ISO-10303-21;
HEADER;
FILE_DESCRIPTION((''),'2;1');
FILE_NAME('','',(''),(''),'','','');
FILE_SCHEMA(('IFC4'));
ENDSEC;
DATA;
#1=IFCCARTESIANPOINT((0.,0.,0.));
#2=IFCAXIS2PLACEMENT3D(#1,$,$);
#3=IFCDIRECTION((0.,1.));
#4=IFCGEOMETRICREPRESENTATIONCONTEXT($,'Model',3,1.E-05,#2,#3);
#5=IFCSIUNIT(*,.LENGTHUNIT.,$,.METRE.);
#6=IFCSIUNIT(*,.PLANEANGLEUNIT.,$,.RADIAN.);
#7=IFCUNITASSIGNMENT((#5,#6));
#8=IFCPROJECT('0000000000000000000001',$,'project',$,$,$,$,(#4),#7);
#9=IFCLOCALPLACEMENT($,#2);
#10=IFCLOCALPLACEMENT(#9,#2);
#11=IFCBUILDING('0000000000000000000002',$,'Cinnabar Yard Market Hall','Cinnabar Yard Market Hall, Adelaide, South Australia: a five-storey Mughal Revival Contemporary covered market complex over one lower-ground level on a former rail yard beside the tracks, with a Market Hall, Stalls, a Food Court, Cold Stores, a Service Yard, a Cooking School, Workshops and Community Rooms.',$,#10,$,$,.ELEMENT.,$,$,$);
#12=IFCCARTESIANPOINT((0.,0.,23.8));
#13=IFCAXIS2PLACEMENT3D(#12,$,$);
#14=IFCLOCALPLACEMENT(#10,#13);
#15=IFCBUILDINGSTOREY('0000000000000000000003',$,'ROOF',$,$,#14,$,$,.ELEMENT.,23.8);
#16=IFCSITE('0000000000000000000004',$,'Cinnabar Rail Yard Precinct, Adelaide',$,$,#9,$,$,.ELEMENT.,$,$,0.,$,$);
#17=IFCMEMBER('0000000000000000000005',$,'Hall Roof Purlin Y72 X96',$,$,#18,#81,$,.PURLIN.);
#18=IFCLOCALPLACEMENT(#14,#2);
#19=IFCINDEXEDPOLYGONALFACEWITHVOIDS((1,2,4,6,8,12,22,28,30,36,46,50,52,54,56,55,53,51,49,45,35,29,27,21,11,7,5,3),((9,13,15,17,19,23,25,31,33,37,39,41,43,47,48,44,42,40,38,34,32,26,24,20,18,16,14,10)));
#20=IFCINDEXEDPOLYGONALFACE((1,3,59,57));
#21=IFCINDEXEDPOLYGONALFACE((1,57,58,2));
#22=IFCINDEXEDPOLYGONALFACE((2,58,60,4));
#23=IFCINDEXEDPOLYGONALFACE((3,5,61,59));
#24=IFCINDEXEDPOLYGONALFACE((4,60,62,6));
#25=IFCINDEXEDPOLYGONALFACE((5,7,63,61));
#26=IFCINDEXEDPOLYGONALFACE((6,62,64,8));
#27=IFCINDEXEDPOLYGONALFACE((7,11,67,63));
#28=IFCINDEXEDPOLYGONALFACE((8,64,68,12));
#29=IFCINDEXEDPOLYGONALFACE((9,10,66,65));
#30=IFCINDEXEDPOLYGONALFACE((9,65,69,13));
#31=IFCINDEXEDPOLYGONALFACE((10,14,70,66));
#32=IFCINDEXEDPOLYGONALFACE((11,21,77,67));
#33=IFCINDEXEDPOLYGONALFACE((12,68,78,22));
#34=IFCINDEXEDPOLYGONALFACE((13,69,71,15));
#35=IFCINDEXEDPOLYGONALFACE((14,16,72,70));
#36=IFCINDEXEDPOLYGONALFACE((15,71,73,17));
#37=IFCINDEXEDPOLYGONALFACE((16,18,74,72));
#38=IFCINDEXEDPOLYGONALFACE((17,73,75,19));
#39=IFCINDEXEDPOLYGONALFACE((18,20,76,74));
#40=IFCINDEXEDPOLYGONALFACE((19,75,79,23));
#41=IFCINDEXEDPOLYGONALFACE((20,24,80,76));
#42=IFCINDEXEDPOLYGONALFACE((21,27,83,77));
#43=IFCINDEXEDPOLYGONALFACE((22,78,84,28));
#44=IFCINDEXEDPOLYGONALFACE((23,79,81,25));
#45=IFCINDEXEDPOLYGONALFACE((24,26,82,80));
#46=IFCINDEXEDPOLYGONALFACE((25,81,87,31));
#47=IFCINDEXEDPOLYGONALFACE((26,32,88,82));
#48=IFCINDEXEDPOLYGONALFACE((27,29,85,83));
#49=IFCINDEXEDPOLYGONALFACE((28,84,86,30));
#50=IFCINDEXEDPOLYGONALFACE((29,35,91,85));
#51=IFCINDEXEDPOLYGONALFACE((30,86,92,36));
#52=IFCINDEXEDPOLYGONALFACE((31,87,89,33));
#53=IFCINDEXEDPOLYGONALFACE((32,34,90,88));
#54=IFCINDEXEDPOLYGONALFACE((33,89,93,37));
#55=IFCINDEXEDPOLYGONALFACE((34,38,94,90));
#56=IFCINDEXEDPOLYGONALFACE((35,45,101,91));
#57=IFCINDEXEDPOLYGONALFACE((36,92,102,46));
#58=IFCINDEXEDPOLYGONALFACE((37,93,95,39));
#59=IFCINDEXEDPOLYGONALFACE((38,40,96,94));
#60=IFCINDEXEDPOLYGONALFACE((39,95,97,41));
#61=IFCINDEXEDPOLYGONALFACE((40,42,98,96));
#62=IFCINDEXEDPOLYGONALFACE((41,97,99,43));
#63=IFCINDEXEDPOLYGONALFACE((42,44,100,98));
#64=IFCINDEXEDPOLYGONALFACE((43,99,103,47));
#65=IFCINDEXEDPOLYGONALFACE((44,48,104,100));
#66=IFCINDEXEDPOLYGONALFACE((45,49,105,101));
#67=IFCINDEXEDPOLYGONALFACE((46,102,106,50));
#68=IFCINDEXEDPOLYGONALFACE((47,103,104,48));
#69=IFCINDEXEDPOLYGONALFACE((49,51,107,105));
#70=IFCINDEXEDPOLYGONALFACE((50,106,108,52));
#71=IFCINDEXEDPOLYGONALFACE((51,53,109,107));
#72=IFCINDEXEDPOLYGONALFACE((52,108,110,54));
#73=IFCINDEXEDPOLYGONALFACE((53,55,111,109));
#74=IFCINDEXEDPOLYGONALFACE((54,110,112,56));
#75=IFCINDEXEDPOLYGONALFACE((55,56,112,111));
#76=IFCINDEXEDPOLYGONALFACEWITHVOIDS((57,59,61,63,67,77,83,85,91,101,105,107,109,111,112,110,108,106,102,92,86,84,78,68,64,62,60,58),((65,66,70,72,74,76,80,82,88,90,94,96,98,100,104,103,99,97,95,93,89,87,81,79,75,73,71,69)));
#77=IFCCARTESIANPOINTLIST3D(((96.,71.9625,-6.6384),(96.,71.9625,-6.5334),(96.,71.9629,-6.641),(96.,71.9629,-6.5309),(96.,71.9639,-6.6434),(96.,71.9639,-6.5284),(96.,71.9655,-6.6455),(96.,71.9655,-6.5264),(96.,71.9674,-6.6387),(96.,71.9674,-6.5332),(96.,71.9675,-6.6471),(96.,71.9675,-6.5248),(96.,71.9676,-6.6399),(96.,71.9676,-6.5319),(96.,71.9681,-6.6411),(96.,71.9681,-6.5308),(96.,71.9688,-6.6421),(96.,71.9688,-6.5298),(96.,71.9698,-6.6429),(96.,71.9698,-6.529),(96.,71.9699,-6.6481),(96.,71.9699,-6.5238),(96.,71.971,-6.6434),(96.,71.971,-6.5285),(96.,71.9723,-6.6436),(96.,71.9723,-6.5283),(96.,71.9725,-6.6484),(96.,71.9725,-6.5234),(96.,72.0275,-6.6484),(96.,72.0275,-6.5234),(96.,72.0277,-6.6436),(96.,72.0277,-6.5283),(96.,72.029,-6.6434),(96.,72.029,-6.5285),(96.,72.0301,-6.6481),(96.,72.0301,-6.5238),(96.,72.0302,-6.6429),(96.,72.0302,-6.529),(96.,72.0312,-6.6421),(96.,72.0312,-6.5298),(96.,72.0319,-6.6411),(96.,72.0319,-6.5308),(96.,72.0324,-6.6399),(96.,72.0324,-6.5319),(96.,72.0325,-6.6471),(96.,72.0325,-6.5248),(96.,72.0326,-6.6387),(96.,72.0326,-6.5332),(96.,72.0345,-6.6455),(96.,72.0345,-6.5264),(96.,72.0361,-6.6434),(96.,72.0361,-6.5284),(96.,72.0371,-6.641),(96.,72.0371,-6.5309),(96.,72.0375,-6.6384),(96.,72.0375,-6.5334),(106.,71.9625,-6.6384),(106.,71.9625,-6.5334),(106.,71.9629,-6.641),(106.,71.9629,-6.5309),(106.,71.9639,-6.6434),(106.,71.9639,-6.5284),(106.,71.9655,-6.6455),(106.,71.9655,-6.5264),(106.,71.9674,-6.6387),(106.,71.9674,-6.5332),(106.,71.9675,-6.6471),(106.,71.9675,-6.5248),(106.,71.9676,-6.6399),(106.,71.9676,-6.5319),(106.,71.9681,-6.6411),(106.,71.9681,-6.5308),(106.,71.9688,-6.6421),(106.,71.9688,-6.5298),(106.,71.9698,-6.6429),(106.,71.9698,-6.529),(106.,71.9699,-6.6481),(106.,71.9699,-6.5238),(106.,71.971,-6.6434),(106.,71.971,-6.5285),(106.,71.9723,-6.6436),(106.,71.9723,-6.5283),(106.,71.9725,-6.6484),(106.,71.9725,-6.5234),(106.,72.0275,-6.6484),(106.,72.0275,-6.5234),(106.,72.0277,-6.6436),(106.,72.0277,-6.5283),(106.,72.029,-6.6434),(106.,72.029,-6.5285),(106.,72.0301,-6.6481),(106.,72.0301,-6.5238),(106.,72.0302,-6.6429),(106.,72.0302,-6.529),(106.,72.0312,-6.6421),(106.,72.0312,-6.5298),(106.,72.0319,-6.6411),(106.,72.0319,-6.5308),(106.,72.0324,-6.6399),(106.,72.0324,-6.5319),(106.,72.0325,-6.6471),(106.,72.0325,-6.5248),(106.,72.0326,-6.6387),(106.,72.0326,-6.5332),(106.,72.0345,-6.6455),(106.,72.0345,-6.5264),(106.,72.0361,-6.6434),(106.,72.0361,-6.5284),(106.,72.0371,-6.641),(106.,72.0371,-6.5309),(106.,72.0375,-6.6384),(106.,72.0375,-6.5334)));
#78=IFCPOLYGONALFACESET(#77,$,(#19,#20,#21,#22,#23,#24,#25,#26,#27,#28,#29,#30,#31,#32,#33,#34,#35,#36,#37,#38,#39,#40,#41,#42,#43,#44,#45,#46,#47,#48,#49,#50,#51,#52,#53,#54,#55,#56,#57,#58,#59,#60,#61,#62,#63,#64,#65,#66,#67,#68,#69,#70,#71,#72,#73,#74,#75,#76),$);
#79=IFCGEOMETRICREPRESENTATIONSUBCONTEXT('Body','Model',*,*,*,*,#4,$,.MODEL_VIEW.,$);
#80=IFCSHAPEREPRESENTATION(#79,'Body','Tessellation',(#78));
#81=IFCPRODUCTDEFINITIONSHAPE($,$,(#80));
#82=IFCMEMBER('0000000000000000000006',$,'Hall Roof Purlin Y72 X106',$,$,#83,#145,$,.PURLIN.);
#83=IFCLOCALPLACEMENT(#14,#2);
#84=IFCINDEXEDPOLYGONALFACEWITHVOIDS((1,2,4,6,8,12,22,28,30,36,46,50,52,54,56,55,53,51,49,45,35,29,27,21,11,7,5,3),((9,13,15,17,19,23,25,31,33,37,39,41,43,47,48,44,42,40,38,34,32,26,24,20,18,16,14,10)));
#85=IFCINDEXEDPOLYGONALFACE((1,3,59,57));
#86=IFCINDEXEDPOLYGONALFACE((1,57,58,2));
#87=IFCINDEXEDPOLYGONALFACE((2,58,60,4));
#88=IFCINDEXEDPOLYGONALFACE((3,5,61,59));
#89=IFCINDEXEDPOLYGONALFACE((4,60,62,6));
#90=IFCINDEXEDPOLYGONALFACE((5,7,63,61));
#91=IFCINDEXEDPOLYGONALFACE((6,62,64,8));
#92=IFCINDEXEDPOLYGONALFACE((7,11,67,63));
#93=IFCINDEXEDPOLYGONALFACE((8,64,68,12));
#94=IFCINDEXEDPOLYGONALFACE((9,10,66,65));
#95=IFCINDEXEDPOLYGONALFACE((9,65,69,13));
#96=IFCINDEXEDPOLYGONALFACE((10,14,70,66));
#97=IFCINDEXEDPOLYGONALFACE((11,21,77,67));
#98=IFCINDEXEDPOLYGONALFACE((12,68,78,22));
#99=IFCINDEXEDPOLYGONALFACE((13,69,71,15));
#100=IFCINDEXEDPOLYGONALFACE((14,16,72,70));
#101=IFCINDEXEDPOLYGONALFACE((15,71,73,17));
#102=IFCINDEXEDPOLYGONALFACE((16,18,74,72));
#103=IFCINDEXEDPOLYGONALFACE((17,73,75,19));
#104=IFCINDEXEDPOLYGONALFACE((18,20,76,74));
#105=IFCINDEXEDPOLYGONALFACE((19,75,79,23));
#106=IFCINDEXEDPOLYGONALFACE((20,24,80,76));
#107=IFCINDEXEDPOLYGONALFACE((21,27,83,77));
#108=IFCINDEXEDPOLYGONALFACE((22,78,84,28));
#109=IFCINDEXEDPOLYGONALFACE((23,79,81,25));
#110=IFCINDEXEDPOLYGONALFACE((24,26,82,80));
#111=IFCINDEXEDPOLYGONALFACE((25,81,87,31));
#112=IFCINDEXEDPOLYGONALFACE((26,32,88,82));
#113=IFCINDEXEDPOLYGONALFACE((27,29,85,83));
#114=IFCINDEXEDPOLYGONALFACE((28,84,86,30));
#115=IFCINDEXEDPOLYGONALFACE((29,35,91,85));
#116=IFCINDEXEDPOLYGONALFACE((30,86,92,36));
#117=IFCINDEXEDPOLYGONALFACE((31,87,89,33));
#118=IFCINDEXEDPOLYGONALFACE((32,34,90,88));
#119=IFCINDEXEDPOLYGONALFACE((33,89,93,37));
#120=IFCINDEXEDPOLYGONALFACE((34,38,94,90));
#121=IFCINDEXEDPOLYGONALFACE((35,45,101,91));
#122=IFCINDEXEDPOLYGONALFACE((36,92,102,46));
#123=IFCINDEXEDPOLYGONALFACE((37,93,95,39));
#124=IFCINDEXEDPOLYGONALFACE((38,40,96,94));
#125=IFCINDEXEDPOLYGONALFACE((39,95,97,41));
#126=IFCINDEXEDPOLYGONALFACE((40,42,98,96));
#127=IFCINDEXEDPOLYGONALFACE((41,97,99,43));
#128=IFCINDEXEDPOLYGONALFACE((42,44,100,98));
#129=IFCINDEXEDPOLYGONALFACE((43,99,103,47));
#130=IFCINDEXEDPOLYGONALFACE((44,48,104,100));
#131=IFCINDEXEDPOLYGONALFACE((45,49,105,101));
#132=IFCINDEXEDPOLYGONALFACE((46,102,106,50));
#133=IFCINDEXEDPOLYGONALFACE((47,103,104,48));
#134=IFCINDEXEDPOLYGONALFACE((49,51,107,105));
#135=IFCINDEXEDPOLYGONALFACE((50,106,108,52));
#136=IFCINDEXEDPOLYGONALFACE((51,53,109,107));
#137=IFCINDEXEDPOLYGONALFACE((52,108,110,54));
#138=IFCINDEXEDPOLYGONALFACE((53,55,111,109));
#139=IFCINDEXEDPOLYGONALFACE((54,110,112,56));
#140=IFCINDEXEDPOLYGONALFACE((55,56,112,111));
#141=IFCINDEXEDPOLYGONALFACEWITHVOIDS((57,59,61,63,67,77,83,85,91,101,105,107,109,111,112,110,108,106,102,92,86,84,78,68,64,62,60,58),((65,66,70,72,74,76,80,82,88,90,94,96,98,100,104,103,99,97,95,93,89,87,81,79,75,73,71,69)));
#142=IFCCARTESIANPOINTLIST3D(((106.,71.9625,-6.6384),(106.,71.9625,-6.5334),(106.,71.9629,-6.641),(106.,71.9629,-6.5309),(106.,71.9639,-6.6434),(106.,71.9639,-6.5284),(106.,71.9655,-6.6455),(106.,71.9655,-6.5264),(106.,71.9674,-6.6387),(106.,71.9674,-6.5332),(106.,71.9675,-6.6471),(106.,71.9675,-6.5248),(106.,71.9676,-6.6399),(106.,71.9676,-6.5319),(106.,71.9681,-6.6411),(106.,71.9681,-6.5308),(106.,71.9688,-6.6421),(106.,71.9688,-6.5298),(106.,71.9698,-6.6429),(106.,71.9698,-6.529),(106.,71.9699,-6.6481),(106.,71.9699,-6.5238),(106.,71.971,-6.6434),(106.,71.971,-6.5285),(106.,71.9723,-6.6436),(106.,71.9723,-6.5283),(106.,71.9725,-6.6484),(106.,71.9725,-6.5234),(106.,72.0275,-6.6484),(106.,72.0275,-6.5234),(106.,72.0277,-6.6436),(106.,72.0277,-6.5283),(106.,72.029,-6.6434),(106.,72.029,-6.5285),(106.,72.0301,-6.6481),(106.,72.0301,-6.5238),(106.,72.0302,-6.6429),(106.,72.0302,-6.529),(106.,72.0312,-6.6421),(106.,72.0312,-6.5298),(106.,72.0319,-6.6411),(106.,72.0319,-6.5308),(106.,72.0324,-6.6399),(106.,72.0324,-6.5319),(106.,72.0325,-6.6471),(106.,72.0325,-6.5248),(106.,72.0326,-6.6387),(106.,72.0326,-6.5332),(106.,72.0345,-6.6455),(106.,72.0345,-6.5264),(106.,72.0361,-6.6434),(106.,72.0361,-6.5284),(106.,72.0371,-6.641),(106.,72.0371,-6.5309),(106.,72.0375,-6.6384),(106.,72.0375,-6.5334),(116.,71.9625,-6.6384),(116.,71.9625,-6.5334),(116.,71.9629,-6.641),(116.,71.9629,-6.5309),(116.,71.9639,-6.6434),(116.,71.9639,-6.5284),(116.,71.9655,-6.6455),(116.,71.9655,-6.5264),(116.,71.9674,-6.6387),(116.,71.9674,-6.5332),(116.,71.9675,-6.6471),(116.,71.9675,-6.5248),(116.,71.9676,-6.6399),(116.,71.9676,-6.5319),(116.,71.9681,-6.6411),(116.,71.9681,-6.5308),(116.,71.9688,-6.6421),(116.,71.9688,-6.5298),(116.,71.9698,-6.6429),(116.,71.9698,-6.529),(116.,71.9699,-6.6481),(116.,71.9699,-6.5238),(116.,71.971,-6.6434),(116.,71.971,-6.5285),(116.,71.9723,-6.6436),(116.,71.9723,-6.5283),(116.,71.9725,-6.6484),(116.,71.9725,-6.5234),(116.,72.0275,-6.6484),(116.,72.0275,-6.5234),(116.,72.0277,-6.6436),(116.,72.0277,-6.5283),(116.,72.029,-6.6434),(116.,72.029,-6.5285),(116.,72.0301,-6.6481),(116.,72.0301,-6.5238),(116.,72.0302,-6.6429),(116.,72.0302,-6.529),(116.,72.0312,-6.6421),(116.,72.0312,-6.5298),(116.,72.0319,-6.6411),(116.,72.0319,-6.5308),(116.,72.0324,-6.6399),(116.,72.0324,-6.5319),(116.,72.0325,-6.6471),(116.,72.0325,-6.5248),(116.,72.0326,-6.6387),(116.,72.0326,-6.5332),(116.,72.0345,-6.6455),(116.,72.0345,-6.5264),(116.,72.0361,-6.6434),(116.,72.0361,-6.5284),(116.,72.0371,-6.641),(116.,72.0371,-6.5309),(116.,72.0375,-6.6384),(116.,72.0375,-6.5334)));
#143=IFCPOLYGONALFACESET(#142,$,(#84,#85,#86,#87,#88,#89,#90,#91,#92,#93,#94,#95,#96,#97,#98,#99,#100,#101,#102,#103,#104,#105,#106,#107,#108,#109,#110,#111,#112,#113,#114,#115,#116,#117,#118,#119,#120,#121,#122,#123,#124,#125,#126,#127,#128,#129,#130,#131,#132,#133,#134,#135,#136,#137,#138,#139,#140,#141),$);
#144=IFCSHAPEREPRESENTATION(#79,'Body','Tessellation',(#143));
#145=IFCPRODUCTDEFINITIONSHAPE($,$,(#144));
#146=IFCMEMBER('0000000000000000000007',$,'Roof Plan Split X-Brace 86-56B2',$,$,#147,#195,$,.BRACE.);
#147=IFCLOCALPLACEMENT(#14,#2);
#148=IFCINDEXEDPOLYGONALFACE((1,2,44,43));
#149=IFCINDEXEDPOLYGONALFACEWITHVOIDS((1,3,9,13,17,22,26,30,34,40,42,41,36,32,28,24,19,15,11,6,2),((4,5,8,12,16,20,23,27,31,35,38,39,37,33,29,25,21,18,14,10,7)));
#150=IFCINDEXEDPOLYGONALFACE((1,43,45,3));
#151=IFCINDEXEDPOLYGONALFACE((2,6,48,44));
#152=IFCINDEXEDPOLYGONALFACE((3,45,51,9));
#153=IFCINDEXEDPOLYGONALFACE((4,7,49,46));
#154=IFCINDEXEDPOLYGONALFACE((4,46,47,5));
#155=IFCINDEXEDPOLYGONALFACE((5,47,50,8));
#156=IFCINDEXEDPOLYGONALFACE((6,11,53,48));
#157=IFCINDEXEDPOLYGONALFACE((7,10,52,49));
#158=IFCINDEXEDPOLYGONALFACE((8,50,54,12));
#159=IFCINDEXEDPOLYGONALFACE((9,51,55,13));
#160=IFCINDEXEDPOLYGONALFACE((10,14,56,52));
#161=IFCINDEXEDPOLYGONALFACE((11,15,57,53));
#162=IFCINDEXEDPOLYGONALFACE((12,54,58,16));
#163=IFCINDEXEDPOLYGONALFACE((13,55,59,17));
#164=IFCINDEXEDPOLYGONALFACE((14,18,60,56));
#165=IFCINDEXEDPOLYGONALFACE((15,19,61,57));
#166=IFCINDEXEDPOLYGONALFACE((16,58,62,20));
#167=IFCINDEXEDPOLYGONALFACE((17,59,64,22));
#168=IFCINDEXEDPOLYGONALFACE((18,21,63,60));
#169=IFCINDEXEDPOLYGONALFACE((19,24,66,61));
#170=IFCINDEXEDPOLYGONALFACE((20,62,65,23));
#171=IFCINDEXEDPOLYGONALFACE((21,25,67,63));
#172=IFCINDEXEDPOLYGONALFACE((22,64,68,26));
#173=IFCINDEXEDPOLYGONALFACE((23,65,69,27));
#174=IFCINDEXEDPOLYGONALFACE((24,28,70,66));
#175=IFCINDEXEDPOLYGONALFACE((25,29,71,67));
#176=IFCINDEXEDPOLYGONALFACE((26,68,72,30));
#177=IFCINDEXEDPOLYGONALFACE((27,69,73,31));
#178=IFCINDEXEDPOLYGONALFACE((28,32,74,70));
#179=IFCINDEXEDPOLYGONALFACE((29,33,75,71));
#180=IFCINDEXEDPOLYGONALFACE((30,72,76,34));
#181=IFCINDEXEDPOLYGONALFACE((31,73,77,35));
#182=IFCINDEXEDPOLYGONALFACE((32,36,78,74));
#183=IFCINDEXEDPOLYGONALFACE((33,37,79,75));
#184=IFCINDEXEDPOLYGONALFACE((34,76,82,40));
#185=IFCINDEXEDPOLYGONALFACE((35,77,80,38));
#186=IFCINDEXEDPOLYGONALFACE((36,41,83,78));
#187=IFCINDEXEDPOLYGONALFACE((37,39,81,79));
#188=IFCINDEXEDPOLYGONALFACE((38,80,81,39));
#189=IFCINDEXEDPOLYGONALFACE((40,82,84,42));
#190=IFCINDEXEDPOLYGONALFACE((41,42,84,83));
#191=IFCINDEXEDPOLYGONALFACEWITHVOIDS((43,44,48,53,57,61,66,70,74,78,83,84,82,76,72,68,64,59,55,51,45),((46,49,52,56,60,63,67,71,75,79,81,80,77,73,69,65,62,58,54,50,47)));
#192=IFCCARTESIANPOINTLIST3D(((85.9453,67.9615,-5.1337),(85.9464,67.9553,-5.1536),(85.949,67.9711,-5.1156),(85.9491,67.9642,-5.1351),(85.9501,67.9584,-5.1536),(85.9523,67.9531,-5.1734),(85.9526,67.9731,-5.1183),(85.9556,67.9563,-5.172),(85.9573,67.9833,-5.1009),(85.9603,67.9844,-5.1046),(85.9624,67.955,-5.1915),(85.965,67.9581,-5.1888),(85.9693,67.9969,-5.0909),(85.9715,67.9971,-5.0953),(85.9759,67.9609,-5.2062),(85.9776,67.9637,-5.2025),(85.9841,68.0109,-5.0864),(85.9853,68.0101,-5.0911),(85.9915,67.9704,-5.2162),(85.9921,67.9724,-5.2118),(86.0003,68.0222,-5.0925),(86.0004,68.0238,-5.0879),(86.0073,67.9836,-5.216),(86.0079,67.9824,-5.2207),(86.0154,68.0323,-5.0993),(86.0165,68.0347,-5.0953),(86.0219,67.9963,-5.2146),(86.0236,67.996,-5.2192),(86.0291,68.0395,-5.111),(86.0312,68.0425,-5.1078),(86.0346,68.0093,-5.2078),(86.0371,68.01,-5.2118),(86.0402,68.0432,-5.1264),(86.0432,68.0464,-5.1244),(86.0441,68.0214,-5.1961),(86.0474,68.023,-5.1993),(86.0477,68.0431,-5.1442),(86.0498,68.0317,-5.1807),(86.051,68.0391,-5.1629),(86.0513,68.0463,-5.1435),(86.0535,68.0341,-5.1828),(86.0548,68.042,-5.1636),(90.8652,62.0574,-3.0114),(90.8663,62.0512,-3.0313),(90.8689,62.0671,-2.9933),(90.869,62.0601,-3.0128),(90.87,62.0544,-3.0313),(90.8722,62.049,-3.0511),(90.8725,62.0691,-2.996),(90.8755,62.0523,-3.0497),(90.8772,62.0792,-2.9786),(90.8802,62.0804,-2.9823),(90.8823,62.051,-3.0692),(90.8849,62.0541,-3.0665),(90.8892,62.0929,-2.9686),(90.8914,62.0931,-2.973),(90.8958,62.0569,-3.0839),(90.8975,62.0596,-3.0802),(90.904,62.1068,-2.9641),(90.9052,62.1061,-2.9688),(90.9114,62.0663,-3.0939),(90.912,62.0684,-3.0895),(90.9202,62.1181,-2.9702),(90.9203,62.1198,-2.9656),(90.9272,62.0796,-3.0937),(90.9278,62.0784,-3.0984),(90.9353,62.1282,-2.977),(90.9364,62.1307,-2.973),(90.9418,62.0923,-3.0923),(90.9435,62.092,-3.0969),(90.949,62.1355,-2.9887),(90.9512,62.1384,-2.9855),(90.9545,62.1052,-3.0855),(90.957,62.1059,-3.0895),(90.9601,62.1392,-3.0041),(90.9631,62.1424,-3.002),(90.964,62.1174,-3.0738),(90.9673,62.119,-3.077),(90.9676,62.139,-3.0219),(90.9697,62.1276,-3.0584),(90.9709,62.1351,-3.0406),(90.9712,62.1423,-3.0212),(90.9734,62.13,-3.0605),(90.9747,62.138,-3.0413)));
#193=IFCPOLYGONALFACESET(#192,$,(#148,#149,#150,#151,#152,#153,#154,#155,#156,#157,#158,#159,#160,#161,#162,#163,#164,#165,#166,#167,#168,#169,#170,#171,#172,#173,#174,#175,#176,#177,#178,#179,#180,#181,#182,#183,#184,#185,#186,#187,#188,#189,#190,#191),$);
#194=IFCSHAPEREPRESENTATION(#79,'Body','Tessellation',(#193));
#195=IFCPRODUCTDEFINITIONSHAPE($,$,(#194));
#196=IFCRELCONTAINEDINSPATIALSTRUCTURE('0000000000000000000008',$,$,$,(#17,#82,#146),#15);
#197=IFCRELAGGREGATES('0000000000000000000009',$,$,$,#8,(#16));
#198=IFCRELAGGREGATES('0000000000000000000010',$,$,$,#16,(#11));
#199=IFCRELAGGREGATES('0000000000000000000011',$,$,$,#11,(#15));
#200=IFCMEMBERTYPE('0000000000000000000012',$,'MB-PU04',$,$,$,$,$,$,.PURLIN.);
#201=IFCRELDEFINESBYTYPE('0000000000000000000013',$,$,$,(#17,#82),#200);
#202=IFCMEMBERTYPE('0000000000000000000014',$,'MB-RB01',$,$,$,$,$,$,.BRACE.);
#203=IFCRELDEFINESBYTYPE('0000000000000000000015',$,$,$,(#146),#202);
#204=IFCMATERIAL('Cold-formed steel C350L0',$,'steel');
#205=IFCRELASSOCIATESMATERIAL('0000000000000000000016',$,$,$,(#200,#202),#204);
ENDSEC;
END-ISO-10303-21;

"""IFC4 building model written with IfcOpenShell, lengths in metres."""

from ifc_helpers import new_model, si_unit, direction, frame, origin, origin_2d_with_axis, place, context, subcontext, project, spatial, hollow_rectangle, hollow_circle, extrude, material, material_profile, profile_set, type_object, element, save


model = new_model("IFC4")

# Units and contexts
model_context = context("Model", 3, precision=1e-05, world=origin(), true_north=direction((0.0, 1.0)))
body_context = subcontext(model_context, "Body", "Model", "MODEL_VIEW")
ifc_project = project(units=[si_unit("LENGTHUNIT", "METRE"), si_unit("PLANEANGLEUNIT", "RADIAN")], contexts=[model_context])

# Site, building, storey
site_placement = place(None, origin())
site = spatial("IfcSite", under=ifc_project, at=site_placement, Name="Cinnabar Rail Yard Precinct, Adelaide", CompositionType="ELEMENT", RefElevation=0.0)
building_placement = place(site_placement, origin())
building = spatial("IfcBuilding", under=site, at=building_placement, Name="Cinnabar Yard Market Hall", Description="Cinnabar Yard Market Hall, Adelaide, South Australia: a five-storey Mughal Revival Contemporary covered market complex over one lower-ground level on a former rail yard beside the tracks, with a Market Hall, Stalls, a Food Court, Cold Stores, a Service Yard, a Cooking School, Workshops and Community Rooms.", CompositionType="ELEMENT")
storey_placement = place(building_placement, frame((0.0, 0.0, 23.8)))
storey = spatial("IfcBuildingStorey", under=building, at=storey_placement, Name="ROOF", CompositionType="ELEMENT", Elevation=23.8)

# Members
ifc_material_1 = material(Name="Cold-formed steel C350L0", Category="steel")
ifc_material_profile_1 = material_profile(ifc_material_1, hollow_rectangle(XDim=0.075, YDim=0.125, WallThickness=0.0049, InnerFilletRadius=0.0049, OuterFilletRadius=0.01, at=origin_2d_with_axis()), Name="125x75x5.0RHS")
ifc_profile_set_1 = profile_set([ifc_material_profile_1], Name="Cold-formed steel C350L0")
member_type_1 = type_object("IfcMemberType", Name="MB-PU04", PredefinedType="PURLIN", material=ifc_profile_set_1)
for number, where, z_axis, x_axis, name in (
    (1, (96.0, 72.0, -6.5859), (1.0, 0.0, 0.0), (0.0, 1.0, 0.0), "Hall Roof Purlin Y72 X96"),
    (2, (106.0, 72.0, -6.5859), (1.0, 0.0, 0.0), (0.0, 1.0, 0.0), "Hall Roof Purlin Y72 X106"),
):
    element("IfcMember", number, at=place(storey_placement, frame(where, z_axis=z_axis, x_axis=x_axis)), inside=storey, type_object=member_type_1, Name=name, PredefinedType="PURLIN", context=body_context, shape_type="SweptSolid", body=[
        extrude(hollow_rectangle(XDim=0.075, YDim=0.125, WallThickness=0.0049, InnerFilletRadius=0.0049, OuterFilletRadius=0.01, at=origin_2d_with_axis()), origin(), (0.0, 0.0, 1.0), 10.0),
    ])
ifc_material_profile_2 = material_profile(ifc_material_1, hollow_circle(Radius=0.0698, WallThickness=0.0049, at=origin_2d_with_axis()), Name="139.7x5.0CHS")
ifc_profile_set_2 = profile_set([ifc_material_profile_2], Name="Cold-formed steel C350L0")
member_type_2 = type_object("IfcMemberType", Name="MB-RB01", PredefinedType="BRACE", material=ifc_profile_set_2)
member_1_placement = place(storey_placement, frame((90.9199, 62.0959, -3.0312), z_axis=(-0.617078, 0.740512, -0.26619), x_axis=(-0.768229, -0.640175, 0.0)))
element("IfcMember", 3, at=member_1_placement, inside=storey, type_object=member_type_2, Name="Roof Plan Split X-Brace 86-56B2", PredefinedType="BRACE", context=body_context, shape_type="SweptSolid", body=[
    extrude(hollow_circle(Radius=0.0698, WallThickness=0.0049, at=origin_2d_with_axis()), origin(), (0.0, 0.0, 1.0), 7.9729),
])

save(model, "model.ifc")
